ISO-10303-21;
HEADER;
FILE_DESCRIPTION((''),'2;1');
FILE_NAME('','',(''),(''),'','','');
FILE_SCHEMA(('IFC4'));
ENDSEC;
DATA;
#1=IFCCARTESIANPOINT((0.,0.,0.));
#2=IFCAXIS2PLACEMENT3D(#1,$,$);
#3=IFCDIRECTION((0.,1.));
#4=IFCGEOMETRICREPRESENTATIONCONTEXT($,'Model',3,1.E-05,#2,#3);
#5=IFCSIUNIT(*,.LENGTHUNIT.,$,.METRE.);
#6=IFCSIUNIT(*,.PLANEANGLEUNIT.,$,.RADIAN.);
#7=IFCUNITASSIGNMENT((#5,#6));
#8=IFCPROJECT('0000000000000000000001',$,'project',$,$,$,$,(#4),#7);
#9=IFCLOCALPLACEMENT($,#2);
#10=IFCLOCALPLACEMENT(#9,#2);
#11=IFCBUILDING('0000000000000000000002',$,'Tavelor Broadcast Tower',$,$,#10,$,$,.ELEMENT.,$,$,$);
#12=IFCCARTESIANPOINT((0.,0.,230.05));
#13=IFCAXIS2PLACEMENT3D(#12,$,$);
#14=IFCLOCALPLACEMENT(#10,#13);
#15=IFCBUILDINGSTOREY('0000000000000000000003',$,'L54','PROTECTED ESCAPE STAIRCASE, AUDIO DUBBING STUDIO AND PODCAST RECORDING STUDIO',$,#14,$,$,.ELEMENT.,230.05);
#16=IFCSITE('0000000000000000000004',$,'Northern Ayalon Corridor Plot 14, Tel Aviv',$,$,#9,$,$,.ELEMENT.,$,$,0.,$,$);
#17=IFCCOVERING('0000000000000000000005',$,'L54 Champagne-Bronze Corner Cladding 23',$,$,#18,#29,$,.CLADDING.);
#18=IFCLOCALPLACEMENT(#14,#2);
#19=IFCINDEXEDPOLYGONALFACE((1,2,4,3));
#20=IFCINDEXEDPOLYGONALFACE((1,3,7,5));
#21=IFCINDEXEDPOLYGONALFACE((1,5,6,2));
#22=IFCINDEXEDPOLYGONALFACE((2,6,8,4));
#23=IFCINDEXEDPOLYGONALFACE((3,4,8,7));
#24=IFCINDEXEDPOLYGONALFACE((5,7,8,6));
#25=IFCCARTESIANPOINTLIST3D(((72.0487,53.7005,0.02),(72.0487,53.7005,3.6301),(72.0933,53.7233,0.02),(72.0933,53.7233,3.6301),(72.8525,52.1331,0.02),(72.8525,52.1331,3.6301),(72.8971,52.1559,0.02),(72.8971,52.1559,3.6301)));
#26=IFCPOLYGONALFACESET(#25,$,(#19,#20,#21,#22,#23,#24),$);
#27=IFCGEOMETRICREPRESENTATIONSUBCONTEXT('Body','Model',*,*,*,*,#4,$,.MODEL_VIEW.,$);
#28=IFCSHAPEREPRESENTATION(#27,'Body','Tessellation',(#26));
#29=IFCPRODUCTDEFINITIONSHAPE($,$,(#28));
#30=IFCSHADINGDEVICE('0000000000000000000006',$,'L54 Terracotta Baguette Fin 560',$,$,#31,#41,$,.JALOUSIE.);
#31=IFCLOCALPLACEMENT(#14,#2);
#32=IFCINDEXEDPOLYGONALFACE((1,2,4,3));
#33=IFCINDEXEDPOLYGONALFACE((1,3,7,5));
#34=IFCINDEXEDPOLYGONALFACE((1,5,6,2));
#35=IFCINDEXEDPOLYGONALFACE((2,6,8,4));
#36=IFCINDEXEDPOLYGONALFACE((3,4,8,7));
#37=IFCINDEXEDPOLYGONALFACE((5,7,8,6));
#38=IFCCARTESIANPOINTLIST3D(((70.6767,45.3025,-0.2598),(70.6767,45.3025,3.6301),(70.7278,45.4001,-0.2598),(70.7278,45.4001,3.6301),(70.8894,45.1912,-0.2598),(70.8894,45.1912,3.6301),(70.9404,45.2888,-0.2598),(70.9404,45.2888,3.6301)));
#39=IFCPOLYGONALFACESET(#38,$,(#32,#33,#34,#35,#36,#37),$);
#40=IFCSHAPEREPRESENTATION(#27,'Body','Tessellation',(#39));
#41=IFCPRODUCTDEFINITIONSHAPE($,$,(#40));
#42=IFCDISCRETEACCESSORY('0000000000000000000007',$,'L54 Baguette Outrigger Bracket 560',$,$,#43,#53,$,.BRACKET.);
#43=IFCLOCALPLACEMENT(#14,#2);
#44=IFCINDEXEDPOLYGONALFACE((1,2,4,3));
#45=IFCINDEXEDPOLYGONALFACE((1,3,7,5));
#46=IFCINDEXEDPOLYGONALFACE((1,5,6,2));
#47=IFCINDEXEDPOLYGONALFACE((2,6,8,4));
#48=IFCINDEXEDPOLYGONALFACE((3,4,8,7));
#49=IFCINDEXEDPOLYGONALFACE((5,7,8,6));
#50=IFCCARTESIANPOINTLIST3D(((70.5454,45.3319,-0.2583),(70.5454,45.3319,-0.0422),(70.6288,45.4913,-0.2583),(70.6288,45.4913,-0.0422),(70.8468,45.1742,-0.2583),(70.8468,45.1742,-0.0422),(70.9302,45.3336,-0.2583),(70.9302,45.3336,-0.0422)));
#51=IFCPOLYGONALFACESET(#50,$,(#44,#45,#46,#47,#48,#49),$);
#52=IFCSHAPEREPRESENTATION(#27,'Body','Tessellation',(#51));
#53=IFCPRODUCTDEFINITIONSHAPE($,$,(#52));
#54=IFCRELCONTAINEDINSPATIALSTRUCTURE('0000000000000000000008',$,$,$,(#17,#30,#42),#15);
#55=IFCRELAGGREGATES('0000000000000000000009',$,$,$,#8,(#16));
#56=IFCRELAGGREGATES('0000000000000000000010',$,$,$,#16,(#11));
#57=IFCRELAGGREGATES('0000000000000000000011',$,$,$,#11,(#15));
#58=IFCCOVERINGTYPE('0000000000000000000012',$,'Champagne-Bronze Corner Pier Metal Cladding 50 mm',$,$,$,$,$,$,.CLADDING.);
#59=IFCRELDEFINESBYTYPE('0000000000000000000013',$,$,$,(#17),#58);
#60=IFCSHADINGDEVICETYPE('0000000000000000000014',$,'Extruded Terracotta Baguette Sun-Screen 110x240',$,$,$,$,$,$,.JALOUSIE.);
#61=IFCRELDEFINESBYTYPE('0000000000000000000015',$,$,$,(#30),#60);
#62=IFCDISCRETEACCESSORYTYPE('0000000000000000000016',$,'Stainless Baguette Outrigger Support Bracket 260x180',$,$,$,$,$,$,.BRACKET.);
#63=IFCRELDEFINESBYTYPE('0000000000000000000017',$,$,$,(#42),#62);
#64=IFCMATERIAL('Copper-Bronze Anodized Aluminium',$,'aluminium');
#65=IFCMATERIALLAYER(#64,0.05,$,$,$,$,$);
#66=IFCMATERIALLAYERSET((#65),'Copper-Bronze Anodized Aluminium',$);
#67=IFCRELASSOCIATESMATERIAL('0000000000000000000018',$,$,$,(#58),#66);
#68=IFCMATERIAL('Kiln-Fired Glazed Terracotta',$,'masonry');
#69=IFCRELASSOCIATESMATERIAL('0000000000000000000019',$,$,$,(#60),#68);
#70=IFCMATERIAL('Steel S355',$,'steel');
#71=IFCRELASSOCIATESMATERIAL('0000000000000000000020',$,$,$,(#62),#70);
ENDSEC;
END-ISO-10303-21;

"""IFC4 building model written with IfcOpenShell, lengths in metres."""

from ifc_helpers import new_model, si_unit, direction, frame, origin, origin_2d, place, context, subcontext, project, spatial, rectangle, extrude, source, transform, mapped, material, layer, layer_set, type_object, type_shapes, element, save


model = new_model("IFC4")

# Units and contexts
model_context = context("Model", 3, precision=1e-05, world=origin(), true_north=direction((0.0, 1.0)))
body_context = subcontext(model_context, "Body", "Model", "MODEL_VIEW")
ifc_project = project(units=[si_unit("LENGTHUNIT", "METRE"), si_unit("PLANEANGLEUNIT", "RADIAN")], contexts=[model_context])

# Site, building, storey
site_placement = place(None, origin())
site = spatial("IfcSite", under=ifc_project, at=site_placement, Name="Northern Ayalon Corridor Plot 14, Tel Aviv", CompositionType="ELEMENT", RefElevation=0.0)
building_placement = place(site_placement, origin())
building = spatial("IfcBuilding", under=site, at=building_placement, Name="Tavelor Broadcast Tower", CompositionType="ELEMENT")
storey_placement = place(building_placement, frame((0.0, 0.0, 230.05)))
storey = spatial("IfcBuildingStorey", under=building, at=storey_placement, Name="L54", Description="PROTECTED ESCAPE STAIRCASE, AUDIO DUBBING STUDIO AND PODCAST RECORDING STUDIO", CompositionType="ELEMENT", Elevation=230.05)

# Shared definitions
ifc_material_1 = material(Name="Steel S355", Category="steel")

# Covering
ifc_material_2 = material(Name="Copper-Bronze Anodized Aluminium", Category="aluminium")
ifc_layer_1 = layer(ifc_material_2, 0.05)
ifc_layer_set_1 = layer_set([ifc_layer_1], Name="Copper-Bronze Anodized Aluminium")
covering_type = type_object("IfcCoveringType", Name="Champagne-Bronze Corner Pier Metal Cladding 50 mm", PredefinedType="CLADDING", material=ifc_layer_set_1)
covering_placement = place(storey_placement, frame((72.4729, 52.9282, 0.02), z_axis=(0.0, 0.0, 1.0), x_axis=(-0.456322, 0.889815, 0.0)))
element("IfcCovering", 1, at=covering_placement, inside=storey, type_object=covering_type, Name="L54 Champagne-Bronze Corner Cladding 23", PredefinedType="CLADDING", context=body_context, shape_type="SweptSolid", body=[
    extrude(rectangle(XDim=1.7615, YDim=0.05, at=origin_2d()), origin(), (0.0, 0.0, 1.0), 3.6101),
])

# Shading device
ifc_material_3 = material(Name="Kiln-Fired Glazed Terracotta", Category="masonry")
shading_device_type = type_object("IfcShadingDeviceType", Name="Extruded Terracotta Baguette Sun-Screen 110x240", PredefinedType="JALOUSIE", material=ifc_material_3)
shared_shape_1 = source(origin(), body_context, "Body", "SweptSolid", [
    extrude(rectangle(XDim=0.1101, YDim=0.24, at=origin_2d()), origin(), (0.0, 0.0, 1.0), 3.8899),
])
type_shapes(shading_device_type, [shared_shape_1])
shading_device_placement = place(storey_placement, frame((70.8086, 45.2957, -0.2598), z_axis=(0.0, 0.0, 1.0), x_axis=(0.463605, 0.886042, 0.0)))
element("IfcShadingDevice", 2, at=shading_device_placement, inside=storey, type_object=shading_device_type, Name="L54 Terracotta Baguette Fin 560", PredefinedType="JALOUSIE", context=body_context, shape_type="MappedRepresentation", body=[
    mapped(shared_shape_1, transform((0.0, 0.0, 0.0), scale=1.0)),
])

# Discrete accessory
discrete_accessory_type = type_object("IfcDiscreteAccessoryType", Name="Stainless Baguette Outrigger Support Bracket 260x180", PredefinedType="BRACKET", material=ifc_material_1)
shared_shape_2 = source(origin(), body_context, "Body", "SweptSolid", [
    extrude(rectangle(XDim=0.1799, YDim=0.3401, at=origin_2d()), origin(), (0.0, 0.0, 1.0), 0.2161),
])
type_shapes(discrete_accessory_type, [shared_shape_2])
discrete_accessory_placement = place(storey_placement, frame((70.7378, 45.3328, -0.2583), z_axis=(0.0, 0.0, 1.0), x_axis=(0.463605, 0.886042, 0.0)))
element("IfcDiscreteAccessory", 3, at=discrete_accessory_placement, inside=storey, type_object=discrete_accessory_type, Name="L54 Baguette Outrigger Bracket 560", PredefinedType="BRACKET", context=body_context, shape_type="MappedRepresentation", body=[
    mapped(shared_shape_2, transform((0.0, 0.0, 0.0), scale=1.0)),
])

save(model, "model.ifc")
